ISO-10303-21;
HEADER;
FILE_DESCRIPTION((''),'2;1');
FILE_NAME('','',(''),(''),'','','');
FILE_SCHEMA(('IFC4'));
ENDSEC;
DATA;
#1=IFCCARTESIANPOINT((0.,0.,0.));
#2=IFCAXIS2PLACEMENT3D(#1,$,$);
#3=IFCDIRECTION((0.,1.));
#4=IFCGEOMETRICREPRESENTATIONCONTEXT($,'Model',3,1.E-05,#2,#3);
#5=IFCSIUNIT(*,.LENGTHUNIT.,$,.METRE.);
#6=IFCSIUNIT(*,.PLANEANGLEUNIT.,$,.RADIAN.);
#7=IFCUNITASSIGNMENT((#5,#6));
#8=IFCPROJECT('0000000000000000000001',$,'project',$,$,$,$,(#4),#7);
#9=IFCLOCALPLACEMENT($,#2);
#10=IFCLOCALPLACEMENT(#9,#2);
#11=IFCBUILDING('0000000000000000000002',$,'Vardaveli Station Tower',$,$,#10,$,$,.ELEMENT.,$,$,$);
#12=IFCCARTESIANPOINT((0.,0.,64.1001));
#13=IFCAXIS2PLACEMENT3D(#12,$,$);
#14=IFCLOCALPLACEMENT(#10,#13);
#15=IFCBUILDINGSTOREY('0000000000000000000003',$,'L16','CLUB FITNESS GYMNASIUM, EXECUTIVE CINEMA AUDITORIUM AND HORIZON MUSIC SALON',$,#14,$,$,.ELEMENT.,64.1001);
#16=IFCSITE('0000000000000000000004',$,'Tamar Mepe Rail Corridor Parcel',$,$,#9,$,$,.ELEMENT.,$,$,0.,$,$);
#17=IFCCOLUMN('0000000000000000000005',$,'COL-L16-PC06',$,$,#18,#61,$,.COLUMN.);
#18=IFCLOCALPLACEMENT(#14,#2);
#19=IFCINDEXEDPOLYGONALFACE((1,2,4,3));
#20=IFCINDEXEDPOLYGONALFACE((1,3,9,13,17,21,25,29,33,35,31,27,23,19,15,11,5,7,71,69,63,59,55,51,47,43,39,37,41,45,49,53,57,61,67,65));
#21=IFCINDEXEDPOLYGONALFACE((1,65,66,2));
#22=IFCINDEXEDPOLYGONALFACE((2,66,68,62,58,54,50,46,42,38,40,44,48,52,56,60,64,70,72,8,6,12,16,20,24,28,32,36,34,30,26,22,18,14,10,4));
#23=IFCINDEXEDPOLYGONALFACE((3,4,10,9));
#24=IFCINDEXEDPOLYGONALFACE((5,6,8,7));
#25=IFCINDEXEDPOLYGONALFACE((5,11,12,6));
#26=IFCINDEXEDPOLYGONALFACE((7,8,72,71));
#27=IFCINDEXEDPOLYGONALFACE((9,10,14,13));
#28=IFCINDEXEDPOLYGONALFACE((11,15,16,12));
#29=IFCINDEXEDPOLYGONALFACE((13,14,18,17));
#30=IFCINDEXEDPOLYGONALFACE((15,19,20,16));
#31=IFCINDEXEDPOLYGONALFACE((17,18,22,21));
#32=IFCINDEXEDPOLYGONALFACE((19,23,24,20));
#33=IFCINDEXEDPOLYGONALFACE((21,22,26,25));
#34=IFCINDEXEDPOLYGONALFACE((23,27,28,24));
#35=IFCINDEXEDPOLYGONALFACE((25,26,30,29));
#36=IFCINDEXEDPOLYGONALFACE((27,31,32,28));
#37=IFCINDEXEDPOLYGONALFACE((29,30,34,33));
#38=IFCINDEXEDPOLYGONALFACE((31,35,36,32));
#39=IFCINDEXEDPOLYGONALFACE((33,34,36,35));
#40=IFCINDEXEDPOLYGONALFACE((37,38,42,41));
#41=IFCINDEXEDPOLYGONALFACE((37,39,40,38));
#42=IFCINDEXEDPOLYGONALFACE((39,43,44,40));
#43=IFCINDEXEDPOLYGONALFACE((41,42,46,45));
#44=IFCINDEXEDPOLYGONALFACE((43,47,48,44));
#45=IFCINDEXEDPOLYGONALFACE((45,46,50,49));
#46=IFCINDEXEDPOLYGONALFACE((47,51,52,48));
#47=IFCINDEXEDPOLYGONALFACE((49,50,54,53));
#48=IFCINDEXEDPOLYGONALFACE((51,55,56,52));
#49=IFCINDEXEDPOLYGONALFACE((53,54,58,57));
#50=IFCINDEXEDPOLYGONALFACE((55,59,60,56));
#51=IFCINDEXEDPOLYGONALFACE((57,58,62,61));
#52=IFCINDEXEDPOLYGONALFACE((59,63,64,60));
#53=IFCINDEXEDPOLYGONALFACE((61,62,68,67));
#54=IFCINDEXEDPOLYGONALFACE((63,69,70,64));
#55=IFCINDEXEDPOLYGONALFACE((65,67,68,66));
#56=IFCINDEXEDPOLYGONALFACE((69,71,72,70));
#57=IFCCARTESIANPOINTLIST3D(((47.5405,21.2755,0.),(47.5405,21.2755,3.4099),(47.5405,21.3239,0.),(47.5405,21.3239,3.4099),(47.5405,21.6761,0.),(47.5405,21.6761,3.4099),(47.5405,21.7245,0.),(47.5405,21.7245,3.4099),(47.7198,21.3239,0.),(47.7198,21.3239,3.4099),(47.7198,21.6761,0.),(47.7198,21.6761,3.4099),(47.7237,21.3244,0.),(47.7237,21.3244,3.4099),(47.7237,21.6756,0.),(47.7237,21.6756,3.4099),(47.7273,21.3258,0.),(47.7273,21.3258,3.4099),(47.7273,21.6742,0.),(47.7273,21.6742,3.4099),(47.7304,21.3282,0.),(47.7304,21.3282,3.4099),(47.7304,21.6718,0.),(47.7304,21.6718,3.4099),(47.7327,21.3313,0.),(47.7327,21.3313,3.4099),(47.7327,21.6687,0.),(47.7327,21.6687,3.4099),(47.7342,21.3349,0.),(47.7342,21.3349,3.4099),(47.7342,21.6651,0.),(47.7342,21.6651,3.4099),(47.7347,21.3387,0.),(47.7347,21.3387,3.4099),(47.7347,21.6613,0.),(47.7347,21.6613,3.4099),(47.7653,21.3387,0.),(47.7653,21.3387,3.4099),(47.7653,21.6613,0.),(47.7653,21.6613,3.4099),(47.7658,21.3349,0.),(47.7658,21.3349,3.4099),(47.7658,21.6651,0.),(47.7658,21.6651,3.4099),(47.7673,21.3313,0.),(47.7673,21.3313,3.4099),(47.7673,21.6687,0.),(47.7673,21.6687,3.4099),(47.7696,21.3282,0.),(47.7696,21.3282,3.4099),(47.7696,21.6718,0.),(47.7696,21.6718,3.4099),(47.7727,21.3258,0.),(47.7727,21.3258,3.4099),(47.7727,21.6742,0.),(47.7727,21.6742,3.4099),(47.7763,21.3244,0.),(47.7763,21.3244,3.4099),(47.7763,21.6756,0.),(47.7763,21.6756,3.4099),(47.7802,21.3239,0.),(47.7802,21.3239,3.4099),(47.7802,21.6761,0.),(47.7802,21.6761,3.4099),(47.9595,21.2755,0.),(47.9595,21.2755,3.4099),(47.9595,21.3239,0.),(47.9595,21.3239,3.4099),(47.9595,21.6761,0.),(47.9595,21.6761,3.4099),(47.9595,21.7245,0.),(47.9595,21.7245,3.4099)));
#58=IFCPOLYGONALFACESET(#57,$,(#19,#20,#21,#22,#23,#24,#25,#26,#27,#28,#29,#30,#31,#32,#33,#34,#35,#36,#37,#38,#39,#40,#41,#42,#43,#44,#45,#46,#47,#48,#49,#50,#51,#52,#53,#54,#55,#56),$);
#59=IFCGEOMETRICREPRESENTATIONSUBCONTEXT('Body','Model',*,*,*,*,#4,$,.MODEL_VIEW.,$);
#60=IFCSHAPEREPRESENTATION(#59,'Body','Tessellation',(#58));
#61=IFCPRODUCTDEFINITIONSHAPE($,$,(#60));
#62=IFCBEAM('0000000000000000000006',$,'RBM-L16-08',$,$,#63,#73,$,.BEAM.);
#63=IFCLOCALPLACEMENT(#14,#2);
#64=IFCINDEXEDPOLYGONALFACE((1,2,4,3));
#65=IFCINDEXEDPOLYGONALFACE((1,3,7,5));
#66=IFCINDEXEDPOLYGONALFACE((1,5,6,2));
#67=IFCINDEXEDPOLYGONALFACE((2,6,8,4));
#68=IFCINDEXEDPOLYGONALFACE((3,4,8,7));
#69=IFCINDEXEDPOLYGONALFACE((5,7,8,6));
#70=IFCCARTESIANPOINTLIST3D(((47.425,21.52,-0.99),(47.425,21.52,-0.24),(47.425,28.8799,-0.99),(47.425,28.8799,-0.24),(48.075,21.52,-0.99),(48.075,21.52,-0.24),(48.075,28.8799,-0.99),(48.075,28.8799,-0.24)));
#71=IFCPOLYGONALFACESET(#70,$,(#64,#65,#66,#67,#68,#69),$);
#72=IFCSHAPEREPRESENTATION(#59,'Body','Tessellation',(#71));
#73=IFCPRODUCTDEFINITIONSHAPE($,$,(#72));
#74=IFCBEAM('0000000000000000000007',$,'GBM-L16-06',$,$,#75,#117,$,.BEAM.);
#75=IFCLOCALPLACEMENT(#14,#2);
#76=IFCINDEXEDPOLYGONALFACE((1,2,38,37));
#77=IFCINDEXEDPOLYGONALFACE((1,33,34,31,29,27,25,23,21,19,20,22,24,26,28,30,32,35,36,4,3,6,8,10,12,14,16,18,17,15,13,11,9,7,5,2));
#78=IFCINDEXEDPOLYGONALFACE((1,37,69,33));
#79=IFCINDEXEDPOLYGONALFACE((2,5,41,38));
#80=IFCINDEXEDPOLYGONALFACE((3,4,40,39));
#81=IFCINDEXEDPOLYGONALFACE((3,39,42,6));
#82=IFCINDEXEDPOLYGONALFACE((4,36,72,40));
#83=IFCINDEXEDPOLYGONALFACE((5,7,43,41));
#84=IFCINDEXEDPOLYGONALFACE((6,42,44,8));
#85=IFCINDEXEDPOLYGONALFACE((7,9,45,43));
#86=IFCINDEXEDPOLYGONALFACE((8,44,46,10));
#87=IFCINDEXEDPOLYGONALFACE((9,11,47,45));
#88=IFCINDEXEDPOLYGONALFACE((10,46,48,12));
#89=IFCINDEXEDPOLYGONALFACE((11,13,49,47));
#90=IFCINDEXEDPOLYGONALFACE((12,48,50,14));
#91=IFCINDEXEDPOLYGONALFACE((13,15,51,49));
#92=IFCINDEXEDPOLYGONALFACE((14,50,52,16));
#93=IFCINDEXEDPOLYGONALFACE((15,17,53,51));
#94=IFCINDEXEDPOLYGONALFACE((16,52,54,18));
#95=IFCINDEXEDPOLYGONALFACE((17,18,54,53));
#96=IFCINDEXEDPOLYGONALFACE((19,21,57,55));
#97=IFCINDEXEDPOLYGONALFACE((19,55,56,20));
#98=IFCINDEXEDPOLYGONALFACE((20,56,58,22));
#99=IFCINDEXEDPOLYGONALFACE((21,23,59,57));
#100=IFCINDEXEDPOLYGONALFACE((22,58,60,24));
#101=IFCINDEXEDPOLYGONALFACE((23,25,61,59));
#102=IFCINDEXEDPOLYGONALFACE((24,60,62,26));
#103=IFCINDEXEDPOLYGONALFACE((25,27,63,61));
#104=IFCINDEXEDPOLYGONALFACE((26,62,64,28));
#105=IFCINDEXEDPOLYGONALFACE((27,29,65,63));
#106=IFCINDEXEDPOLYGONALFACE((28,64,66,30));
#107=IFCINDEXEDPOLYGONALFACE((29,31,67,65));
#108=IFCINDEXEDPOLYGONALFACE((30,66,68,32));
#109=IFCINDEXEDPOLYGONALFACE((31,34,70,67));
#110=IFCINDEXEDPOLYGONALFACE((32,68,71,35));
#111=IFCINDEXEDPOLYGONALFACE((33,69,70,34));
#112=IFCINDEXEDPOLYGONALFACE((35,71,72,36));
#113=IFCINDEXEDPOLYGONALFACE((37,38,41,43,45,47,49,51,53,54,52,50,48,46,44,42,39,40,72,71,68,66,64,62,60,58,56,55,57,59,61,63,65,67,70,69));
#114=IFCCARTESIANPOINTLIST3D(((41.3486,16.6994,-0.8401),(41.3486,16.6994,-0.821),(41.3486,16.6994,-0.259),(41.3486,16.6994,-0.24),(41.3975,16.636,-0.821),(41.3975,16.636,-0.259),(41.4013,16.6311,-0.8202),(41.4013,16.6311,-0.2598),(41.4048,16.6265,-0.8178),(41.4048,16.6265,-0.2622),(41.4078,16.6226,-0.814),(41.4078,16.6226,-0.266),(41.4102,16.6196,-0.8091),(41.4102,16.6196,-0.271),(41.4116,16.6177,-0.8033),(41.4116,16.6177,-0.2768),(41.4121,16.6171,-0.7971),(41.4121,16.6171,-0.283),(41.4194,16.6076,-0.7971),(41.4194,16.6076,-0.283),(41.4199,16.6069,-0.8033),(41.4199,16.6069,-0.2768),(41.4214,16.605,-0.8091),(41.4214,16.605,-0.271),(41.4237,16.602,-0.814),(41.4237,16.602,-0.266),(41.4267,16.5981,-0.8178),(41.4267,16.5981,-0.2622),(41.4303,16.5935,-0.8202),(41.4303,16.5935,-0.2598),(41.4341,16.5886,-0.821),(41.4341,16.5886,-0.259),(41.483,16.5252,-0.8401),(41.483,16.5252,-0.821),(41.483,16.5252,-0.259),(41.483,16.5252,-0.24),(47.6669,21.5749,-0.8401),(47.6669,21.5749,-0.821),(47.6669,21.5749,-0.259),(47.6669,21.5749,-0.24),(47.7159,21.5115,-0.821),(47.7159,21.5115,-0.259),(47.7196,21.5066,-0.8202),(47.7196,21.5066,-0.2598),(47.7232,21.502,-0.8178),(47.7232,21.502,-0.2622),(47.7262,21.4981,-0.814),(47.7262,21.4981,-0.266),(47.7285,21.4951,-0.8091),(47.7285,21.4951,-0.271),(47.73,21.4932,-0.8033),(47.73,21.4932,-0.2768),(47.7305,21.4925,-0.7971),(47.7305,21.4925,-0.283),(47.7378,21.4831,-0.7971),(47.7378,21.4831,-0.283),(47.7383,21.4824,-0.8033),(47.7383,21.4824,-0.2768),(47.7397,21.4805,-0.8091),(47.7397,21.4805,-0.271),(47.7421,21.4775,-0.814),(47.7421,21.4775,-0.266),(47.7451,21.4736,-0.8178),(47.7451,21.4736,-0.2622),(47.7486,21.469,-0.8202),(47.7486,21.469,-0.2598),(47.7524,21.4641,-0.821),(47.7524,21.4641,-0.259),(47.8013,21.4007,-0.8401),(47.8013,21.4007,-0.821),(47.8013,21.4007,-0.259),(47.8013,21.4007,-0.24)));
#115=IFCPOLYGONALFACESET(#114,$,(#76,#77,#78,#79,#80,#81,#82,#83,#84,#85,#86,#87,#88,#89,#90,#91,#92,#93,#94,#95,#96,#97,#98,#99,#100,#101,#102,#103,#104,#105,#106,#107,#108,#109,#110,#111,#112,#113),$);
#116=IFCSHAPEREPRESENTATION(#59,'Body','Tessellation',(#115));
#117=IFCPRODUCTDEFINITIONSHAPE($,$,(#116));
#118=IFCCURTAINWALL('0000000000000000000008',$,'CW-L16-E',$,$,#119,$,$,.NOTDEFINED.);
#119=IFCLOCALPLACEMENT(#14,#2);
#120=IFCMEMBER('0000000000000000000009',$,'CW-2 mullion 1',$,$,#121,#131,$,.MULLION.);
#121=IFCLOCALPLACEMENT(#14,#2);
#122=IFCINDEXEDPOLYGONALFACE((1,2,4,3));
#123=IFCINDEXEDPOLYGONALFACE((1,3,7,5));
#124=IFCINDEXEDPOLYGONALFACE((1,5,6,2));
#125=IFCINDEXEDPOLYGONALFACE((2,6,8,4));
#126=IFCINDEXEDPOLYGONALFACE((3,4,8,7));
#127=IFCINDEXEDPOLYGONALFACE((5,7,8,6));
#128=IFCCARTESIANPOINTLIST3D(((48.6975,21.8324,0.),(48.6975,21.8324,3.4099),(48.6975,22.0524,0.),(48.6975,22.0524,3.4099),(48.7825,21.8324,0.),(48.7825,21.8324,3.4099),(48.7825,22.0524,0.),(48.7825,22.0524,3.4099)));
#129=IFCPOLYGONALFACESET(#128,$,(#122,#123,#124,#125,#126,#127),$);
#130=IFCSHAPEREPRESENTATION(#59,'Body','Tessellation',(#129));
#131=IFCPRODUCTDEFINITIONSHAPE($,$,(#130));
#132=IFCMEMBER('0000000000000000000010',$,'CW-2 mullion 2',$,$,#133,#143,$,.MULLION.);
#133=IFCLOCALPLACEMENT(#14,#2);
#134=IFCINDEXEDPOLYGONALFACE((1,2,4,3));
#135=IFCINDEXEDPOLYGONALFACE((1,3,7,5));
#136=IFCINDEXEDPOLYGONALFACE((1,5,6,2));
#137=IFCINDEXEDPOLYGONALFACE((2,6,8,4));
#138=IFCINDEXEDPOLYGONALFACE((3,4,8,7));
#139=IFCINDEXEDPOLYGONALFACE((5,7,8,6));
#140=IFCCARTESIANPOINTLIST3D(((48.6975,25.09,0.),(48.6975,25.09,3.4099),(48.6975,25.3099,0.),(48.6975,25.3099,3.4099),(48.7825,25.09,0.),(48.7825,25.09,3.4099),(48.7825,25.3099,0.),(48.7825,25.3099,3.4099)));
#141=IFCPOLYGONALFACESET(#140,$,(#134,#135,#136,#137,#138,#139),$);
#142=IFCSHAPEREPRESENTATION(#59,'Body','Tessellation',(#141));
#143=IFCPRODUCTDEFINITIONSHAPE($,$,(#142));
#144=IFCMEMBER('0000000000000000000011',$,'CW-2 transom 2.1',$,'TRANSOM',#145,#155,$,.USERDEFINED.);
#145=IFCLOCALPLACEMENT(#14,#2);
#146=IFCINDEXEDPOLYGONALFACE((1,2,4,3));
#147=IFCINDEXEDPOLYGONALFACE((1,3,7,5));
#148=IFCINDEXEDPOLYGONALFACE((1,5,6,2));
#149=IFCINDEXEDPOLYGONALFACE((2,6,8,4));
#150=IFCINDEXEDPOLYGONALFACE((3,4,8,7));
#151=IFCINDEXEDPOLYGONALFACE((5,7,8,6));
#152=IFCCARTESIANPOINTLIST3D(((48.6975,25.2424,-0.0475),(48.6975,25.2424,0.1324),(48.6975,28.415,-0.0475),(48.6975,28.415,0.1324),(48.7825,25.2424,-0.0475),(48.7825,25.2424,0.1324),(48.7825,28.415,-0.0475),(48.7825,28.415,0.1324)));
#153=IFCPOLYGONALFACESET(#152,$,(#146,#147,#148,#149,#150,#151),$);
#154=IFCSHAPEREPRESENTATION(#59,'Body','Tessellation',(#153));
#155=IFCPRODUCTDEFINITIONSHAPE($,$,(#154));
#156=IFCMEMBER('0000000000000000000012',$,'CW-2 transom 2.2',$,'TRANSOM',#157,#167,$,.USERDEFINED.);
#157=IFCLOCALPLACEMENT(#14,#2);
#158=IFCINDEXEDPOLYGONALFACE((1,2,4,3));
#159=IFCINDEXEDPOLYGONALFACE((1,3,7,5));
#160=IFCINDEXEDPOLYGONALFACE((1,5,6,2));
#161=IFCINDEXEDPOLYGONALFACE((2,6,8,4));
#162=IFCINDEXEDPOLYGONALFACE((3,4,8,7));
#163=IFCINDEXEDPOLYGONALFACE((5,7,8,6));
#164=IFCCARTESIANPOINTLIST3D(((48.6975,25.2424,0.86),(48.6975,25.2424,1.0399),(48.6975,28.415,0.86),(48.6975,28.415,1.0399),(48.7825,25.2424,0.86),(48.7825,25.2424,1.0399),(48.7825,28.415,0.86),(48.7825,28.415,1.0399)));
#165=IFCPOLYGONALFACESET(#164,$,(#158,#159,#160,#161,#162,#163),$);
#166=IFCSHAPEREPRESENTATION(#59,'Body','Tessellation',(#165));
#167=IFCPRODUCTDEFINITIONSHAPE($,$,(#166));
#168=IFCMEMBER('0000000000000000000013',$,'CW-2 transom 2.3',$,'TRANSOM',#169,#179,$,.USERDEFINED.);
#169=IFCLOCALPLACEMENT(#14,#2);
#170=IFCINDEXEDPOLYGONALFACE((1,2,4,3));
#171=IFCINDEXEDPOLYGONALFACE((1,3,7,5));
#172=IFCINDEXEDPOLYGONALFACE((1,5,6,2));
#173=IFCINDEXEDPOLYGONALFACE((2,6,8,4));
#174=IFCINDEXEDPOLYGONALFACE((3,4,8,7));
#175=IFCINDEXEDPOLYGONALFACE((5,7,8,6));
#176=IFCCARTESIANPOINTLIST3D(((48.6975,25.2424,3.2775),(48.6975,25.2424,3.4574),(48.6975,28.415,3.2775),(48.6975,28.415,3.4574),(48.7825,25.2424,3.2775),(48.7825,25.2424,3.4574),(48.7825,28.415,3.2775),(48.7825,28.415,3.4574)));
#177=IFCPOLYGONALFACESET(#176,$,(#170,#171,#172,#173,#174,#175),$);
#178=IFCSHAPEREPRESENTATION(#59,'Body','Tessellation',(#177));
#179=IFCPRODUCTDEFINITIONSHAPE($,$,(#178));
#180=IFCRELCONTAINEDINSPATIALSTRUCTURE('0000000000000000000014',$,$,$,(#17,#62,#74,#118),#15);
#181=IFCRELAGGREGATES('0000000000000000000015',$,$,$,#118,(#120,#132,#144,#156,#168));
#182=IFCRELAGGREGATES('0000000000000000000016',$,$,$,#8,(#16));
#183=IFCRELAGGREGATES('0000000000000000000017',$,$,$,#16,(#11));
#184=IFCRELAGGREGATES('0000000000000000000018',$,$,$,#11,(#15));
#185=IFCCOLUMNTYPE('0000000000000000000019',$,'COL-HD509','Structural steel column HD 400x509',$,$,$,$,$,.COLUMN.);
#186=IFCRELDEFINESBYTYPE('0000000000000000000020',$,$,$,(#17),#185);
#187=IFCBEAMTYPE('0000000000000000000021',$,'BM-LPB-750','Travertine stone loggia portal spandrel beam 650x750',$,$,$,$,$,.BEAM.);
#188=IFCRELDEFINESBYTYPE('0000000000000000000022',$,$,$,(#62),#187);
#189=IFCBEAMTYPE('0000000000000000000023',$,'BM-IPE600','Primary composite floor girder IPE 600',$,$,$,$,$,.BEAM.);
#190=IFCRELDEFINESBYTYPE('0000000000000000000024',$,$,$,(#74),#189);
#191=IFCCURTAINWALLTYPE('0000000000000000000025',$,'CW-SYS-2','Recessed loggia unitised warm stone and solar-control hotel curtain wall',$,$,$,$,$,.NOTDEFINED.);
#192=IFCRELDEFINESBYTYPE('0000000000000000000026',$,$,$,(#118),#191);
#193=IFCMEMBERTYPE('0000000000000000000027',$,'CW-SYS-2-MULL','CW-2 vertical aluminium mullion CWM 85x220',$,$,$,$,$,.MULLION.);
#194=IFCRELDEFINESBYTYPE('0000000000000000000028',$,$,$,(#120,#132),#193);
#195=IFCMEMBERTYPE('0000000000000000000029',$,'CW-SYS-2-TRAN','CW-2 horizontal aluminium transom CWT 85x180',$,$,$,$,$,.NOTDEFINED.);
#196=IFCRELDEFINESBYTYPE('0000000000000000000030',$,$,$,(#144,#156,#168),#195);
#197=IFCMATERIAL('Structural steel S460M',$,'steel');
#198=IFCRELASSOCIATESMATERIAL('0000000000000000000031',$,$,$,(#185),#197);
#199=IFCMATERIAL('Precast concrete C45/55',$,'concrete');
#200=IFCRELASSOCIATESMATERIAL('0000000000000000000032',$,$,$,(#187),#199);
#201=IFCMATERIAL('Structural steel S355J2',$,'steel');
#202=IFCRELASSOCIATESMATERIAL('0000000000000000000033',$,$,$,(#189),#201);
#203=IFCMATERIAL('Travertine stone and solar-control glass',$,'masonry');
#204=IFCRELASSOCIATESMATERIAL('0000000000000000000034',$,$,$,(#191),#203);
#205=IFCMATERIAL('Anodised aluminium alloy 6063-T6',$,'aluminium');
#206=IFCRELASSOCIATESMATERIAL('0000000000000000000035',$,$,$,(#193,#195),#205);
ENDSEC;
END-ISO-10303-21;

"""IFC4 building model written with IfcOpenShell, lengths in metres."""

from ifc_helpers import new_model, si_unit, direction, frame, origin, origin_2d, place, context, subcontext, project, spatial, rectangle, i_section, extrude, source, transform, mapped, material, material_profile, profile_set, type_object, element, aggregate, save


model = new_model("IFC4")

# Units and contexts
model_context = context("Model", 3, precision=1e-05, world=origin(), true_north=direction((0.0, 1.0)))
body_context = subcontext(model_context, "Body", "Model", "MODEL_VIEW")
ifc_project = project(units=[si_unit("LENGTHUNIT", "METRE"), si_unit("PLANEANGLEUNIT", "RADIAN")], contexts=[model_context])

# Site, building, storey
site_placement = place(None, origin())
site = spatial("IfcSite", under=ifc_project, at=site_placement, Name="Tamar Mepe Rail Corridor Parcel", CompositionType="ELEMENT", RefElevation=0.0)
building_placement = place(site_placement, origin())
building = spatial("IfcBuilding", under=site, at=building_placement, Name="Vardaveli Station Tower", CompositionType="ELEMENT")
storey_placement = place(building_placement, frame((0.0, 0.0, 64.1001)))
storey = spatial("IfcBuildingStorey", under=building, at=storey_placement, Name="L16", Description="CLUB FITNESS GYMNASIUM, EXECUTIVE CINEMA AUDITORIUM AND HORIZON MUSIC SALON", CompositionType="ELEMENT", Elevation=64.1001)

# Column
ifc_material_1 = material(Name="Structural steel S460M", Category="steel")
ifc_material_profile_1 = material_profile(ifc_material_1, i_section(OverallWidth=0.4189, OverallDepth=0.449, WebThickness=0.0305, FlangeThickness=0.0483, FilletRadius=0.0149, at=origin_2d()), Name="HD 400x509")
ifc_profile_set_1 = profile_set([ifc_material_profile_1], Name="Structural steel S460M")
column_type = type_object("IfcColumnType", Name="COL-HD509", Description="Structural steel column HD 400x509", PredefinedType="COLUMN", material=ifc_profile_set_1)
shared_shape_1 = source(origin(), body_context, "Body", "SweptSolid", [
    extrude(i_section(OverallWidth=0.4189, OverallDepth=0.449, WebThickness=0.0305, FlangeThickness=0.0483, FilletRadius=0.0149, at=origin_2d()), origin(), (0.0, 0.0, 1.0), 3.4099),
])
column_placement = place(storey_placement, frame((47.75, 21.5, 0.0), z_axis=(0.0, 0.0, 1.0), x_axis=(1.0, 0.0, 0.0)))
element("IfcColumn", 1, at=column_placement, inside=storey, type_object=column_type, Name="COL-L16-PC06", PredefinedType="COLUMN", context=body_context, shape_type="MappedRepresentation", body=[
    mapped(shared_shape_1, transform((0.0, 0.0, 0.0), scale=1.0)),
])

# Beams
ifc_material_2 = material(Name="Precast concrete C45/55", Category="concrete")
ifc_material_profile_2 = material_profile(ifc_material_2, rectangle(XDim=0.6499, YDim=0.75, at=origin_2d()), Name="LPB 650x750")
ifc_profile_set_2 = profile_set([ifc_material_profile_2], Name="Precast concrete C45/55")
beam_type_1 = type_object("IfcBeamType", Name="BM-LPB-750", Description="Travertine stone loggia portal spandrel beam 650x750", PredefinedType="BEAM", material=ifc_profile_set_2)
shared_shape_2 = source(origin(), body_context, "Body", "SweptSolid", [
    extrude(rectangle(XDim=0.6499, YDim=0.75, at=origin_2d()), origin(), (0.0, 0.0, 1.0), 7.3599),
])
beam_1_placement = place(storey_placement, frame((47.75, 21.52, -0.615), z_axis=(0.0, 1.0, 0.0), x_axis=(-1.0, 0.0, 0.0)))
element("IfcBeam", 2, at=beam_1_placement, inside=storey, type_object=beam_type_1, Name="RBM-L16-08", PredefinedType="BEAM", context=body_context, shape_type="MappedRepresentation", body=[
    mapped(shared_shape_2, transform((0.0, 0.0, 0.0), scale=1.0)),
])
ifc_material_3 = material(Name="Structural steel S355J2", Category="steel")
ifc_material_profile_3 = material_profile(ifc_material_3, i_section(OverallWidth=0.22, OverallDepth=0.6001, WebThickness=0.012, FlangeThickness=0.019, FilletRadius=0.0239, at=origin_2d()), Name="IPE 600")
ifc_profile_set_3 = profile_set([ifc_material_profile_3], Name="Structural steel S355J2")
beam_type_2 = type_object("IfcBeamType", Name="BM-IPE600", Description="Primary composite floor girder IPE 600", PredefinedType="BEAM", material=ifc_profile_set_3)
shared_shape_3 = source(origin(), body_context, "Body", "SweptSolid", [
    extrude(i_section(OverallWidth=0.22, OverallDepth=0.6001, WebThickness=0.012, FlangeThickness=0.019, FilletRadius=0.0239, at=origin_2d()), origin(), (0.0, 0.0, 1.0), 7.9807),
])
beam_2_placement = place(storey_placement, frame((47.7341, 21.4878, -0.54), z_axis=(-0.791702, -0.610908, 0.0), x_axis=(0.610908, -0.791702, 0.0)))
element("IfcBeam", 3, at=beam_2_placement, inside=storey, type_object=beam_type_2, Name="GBM-L16-06", PredefinedType="BEAM", context=body_context, shape_type="MappedRepresentation", body=[
    mapped(shared_shape_3, transform((0.0, 0.0, 0.0), scale=1.0)),
])

# Curtain wall, members
ifc_material_4 = material(Name="Travertine stone and solar-control glass", Category="masonry")
curtain_wall_type = type_object("IfcCurtainWallType", Name="CW-SYS-2", Description="Recessed loggia unitised warm stone and solar-control hotel curtain wall", PredefinedType="NOTDEFINED", material=ifc_material_4)
curtain_wall_placement = place(storey_placement, origin())
curtain_wall = element("IfcCurtainWall", 4, at=curtain_wall_placement, inside=storey, type_object=curtain_wall_type, Name="CW-L16-E", PredefinedType="NOTDEFINED")
ifc_material_5 = material(Name="Anodised aluminium alloy 6063-T6", Category="aluminium")
ifc_material_profile_4 = material_profile(ifc_material_5, rectangle(XDim=0.085, YDim=0.22, at=origin_2d()), Name="CWM 85x220")
ifc_profile_set_4 = profile_set([ifc_material_profile_4], Name="Anodised aluminium alloy 6063-T6")
member_type_1 = type_object("IfcMemberType", Name="CW-SYS-2-MULL", Description="CW-2 vertical aluminium mullion CWM 85x220", PredefinedType="MULLION", material=ifc_profile_set_4)
shared_shape_4 = source(origin(), body_context, "Body", "SweptSolid", [
    extrude(rectangle(XDim=0.085, YDim=0.22, at=origin_2d()), origin(), (0.0, 0.0, 1.0), 3.4099),
])
member_1_placement = place(storey_placement, frame((48.74, 21.9424, 0.0), z_axis=(0.0, 0.0, 1.0), x_axis=(-1.0, 0.0, 0.0)))
member_1 = element("IfcMember", 5, at=member_1_placement, type_object=member_type_1, Name="CW-2 mullion 1", PredefinedType="MULLION", context=body_context, shape_type="MappedRepresentation", body=[
    mapped(shared_shape_4, transform((0.0, 0.0, 0.0), scale=1.0)),
])
member_2_placement = place(storey_placement, frame((48.74, 25.2, 0.0), z_axis=(0.0, 0.0, 1.0), x_axis=(-1.0, 0.0, 0.0)))
member_2 = element("IfcMember", 6, at=member_2_placement, type_object=member_type_1, Name="CW-2 mullion 2", PredefinedType="MULLION", context=body_context, shape_type="MappedRepresentation", body=[
    mapped(shared_shape_4, transform((0.0, 0.0, 0.0), scale=1.0)),
])
ifc_material_profile_5 = material_profile(ifc_material_5, rectangle(XDim=0.085, YDim=0.1799, at=origin_2d()), Name="CWT 85x180")
ifc_profile_set_5 = profile_set([ifc_material_profile_5], Name="Anodised aluminium alloy 6063-T6")
member_type_2 = type_object("IfcMemberType", Name="CW-SYS-2-TRAN", Description="CW-2 horizontal aluminium transom CWT 85x180", PredefinedType="NOTDEFINED", material=ifc_profile_set_5)
shared_shape_5 = source(origin(), body_context, "Body", "SweptSolid", [
    extrude(rectangle(XDim=0.085, YDim=0.1799, at=origin_2d()), origin(), (0.0, 0.0, 1.0), 3.1726),
])
member_3_placement = place(storey_placement, frame((48.74, 25.2424, 0.0425), z_axis=(0.0, 1.0, 0.0), x_axis=(-1.0, 0.0, 0.0)))
member_3 = element("IfcMember", 7, at=member_3_placement, type_object=member_type_2, Name="CW-2 transom 2.1", ObjectType="TRANSOM", PredefinedType="USERDEFINED", context=body_context, shape_type="MappedRepresentation", body=[
    mapped(shared_shape_5, transform((0.0, 0.0, 0.0), scale=1.0)),
])
member_4_placement = place(storey_placement, frame((48.74, 25.2424, 0.95), z_axis=(0.0, 1.0, 0.0), x_axis=(-1.0, 0.0, 0.0)))
member_4 = element("IfcMember", 8, at=member_4_placement, type_object=member_type_2, Name="CW-2 transom 2.2", ObjectType="TRANSOM", PredefinedType="USERDEFINED", context=body_context, shape_type="MappedRepresentation", body=[
    mapped(shared_shape_5, transform((0.0, 0.0, 0.0), scale=1.0)),
])
member_5_placement = place(storey_placement, frame((48.74, 25.2424, 3.3674), z_axis=(0.0, 1.0, 0.0), x_axis=(-1.0, 0.0, 0.0)))
member_5 = element("IfcMember", 9, at=member_5_placement, type_object=member_type_2, Name="CW-2 transom 2.3", ObjectType="TRANSOM", PredefinedType="USERDEFINED", context=body_context, shape_type="MappedRepresentation", body=[
    mapped(shared_shape_5, transform((0.0, 0.0, 0.0), scale=1.0)),
])
aggregate(curtain_wall, [member_1, member_2, member_3, member_4, member_5])

save(model, "model.ifc")
